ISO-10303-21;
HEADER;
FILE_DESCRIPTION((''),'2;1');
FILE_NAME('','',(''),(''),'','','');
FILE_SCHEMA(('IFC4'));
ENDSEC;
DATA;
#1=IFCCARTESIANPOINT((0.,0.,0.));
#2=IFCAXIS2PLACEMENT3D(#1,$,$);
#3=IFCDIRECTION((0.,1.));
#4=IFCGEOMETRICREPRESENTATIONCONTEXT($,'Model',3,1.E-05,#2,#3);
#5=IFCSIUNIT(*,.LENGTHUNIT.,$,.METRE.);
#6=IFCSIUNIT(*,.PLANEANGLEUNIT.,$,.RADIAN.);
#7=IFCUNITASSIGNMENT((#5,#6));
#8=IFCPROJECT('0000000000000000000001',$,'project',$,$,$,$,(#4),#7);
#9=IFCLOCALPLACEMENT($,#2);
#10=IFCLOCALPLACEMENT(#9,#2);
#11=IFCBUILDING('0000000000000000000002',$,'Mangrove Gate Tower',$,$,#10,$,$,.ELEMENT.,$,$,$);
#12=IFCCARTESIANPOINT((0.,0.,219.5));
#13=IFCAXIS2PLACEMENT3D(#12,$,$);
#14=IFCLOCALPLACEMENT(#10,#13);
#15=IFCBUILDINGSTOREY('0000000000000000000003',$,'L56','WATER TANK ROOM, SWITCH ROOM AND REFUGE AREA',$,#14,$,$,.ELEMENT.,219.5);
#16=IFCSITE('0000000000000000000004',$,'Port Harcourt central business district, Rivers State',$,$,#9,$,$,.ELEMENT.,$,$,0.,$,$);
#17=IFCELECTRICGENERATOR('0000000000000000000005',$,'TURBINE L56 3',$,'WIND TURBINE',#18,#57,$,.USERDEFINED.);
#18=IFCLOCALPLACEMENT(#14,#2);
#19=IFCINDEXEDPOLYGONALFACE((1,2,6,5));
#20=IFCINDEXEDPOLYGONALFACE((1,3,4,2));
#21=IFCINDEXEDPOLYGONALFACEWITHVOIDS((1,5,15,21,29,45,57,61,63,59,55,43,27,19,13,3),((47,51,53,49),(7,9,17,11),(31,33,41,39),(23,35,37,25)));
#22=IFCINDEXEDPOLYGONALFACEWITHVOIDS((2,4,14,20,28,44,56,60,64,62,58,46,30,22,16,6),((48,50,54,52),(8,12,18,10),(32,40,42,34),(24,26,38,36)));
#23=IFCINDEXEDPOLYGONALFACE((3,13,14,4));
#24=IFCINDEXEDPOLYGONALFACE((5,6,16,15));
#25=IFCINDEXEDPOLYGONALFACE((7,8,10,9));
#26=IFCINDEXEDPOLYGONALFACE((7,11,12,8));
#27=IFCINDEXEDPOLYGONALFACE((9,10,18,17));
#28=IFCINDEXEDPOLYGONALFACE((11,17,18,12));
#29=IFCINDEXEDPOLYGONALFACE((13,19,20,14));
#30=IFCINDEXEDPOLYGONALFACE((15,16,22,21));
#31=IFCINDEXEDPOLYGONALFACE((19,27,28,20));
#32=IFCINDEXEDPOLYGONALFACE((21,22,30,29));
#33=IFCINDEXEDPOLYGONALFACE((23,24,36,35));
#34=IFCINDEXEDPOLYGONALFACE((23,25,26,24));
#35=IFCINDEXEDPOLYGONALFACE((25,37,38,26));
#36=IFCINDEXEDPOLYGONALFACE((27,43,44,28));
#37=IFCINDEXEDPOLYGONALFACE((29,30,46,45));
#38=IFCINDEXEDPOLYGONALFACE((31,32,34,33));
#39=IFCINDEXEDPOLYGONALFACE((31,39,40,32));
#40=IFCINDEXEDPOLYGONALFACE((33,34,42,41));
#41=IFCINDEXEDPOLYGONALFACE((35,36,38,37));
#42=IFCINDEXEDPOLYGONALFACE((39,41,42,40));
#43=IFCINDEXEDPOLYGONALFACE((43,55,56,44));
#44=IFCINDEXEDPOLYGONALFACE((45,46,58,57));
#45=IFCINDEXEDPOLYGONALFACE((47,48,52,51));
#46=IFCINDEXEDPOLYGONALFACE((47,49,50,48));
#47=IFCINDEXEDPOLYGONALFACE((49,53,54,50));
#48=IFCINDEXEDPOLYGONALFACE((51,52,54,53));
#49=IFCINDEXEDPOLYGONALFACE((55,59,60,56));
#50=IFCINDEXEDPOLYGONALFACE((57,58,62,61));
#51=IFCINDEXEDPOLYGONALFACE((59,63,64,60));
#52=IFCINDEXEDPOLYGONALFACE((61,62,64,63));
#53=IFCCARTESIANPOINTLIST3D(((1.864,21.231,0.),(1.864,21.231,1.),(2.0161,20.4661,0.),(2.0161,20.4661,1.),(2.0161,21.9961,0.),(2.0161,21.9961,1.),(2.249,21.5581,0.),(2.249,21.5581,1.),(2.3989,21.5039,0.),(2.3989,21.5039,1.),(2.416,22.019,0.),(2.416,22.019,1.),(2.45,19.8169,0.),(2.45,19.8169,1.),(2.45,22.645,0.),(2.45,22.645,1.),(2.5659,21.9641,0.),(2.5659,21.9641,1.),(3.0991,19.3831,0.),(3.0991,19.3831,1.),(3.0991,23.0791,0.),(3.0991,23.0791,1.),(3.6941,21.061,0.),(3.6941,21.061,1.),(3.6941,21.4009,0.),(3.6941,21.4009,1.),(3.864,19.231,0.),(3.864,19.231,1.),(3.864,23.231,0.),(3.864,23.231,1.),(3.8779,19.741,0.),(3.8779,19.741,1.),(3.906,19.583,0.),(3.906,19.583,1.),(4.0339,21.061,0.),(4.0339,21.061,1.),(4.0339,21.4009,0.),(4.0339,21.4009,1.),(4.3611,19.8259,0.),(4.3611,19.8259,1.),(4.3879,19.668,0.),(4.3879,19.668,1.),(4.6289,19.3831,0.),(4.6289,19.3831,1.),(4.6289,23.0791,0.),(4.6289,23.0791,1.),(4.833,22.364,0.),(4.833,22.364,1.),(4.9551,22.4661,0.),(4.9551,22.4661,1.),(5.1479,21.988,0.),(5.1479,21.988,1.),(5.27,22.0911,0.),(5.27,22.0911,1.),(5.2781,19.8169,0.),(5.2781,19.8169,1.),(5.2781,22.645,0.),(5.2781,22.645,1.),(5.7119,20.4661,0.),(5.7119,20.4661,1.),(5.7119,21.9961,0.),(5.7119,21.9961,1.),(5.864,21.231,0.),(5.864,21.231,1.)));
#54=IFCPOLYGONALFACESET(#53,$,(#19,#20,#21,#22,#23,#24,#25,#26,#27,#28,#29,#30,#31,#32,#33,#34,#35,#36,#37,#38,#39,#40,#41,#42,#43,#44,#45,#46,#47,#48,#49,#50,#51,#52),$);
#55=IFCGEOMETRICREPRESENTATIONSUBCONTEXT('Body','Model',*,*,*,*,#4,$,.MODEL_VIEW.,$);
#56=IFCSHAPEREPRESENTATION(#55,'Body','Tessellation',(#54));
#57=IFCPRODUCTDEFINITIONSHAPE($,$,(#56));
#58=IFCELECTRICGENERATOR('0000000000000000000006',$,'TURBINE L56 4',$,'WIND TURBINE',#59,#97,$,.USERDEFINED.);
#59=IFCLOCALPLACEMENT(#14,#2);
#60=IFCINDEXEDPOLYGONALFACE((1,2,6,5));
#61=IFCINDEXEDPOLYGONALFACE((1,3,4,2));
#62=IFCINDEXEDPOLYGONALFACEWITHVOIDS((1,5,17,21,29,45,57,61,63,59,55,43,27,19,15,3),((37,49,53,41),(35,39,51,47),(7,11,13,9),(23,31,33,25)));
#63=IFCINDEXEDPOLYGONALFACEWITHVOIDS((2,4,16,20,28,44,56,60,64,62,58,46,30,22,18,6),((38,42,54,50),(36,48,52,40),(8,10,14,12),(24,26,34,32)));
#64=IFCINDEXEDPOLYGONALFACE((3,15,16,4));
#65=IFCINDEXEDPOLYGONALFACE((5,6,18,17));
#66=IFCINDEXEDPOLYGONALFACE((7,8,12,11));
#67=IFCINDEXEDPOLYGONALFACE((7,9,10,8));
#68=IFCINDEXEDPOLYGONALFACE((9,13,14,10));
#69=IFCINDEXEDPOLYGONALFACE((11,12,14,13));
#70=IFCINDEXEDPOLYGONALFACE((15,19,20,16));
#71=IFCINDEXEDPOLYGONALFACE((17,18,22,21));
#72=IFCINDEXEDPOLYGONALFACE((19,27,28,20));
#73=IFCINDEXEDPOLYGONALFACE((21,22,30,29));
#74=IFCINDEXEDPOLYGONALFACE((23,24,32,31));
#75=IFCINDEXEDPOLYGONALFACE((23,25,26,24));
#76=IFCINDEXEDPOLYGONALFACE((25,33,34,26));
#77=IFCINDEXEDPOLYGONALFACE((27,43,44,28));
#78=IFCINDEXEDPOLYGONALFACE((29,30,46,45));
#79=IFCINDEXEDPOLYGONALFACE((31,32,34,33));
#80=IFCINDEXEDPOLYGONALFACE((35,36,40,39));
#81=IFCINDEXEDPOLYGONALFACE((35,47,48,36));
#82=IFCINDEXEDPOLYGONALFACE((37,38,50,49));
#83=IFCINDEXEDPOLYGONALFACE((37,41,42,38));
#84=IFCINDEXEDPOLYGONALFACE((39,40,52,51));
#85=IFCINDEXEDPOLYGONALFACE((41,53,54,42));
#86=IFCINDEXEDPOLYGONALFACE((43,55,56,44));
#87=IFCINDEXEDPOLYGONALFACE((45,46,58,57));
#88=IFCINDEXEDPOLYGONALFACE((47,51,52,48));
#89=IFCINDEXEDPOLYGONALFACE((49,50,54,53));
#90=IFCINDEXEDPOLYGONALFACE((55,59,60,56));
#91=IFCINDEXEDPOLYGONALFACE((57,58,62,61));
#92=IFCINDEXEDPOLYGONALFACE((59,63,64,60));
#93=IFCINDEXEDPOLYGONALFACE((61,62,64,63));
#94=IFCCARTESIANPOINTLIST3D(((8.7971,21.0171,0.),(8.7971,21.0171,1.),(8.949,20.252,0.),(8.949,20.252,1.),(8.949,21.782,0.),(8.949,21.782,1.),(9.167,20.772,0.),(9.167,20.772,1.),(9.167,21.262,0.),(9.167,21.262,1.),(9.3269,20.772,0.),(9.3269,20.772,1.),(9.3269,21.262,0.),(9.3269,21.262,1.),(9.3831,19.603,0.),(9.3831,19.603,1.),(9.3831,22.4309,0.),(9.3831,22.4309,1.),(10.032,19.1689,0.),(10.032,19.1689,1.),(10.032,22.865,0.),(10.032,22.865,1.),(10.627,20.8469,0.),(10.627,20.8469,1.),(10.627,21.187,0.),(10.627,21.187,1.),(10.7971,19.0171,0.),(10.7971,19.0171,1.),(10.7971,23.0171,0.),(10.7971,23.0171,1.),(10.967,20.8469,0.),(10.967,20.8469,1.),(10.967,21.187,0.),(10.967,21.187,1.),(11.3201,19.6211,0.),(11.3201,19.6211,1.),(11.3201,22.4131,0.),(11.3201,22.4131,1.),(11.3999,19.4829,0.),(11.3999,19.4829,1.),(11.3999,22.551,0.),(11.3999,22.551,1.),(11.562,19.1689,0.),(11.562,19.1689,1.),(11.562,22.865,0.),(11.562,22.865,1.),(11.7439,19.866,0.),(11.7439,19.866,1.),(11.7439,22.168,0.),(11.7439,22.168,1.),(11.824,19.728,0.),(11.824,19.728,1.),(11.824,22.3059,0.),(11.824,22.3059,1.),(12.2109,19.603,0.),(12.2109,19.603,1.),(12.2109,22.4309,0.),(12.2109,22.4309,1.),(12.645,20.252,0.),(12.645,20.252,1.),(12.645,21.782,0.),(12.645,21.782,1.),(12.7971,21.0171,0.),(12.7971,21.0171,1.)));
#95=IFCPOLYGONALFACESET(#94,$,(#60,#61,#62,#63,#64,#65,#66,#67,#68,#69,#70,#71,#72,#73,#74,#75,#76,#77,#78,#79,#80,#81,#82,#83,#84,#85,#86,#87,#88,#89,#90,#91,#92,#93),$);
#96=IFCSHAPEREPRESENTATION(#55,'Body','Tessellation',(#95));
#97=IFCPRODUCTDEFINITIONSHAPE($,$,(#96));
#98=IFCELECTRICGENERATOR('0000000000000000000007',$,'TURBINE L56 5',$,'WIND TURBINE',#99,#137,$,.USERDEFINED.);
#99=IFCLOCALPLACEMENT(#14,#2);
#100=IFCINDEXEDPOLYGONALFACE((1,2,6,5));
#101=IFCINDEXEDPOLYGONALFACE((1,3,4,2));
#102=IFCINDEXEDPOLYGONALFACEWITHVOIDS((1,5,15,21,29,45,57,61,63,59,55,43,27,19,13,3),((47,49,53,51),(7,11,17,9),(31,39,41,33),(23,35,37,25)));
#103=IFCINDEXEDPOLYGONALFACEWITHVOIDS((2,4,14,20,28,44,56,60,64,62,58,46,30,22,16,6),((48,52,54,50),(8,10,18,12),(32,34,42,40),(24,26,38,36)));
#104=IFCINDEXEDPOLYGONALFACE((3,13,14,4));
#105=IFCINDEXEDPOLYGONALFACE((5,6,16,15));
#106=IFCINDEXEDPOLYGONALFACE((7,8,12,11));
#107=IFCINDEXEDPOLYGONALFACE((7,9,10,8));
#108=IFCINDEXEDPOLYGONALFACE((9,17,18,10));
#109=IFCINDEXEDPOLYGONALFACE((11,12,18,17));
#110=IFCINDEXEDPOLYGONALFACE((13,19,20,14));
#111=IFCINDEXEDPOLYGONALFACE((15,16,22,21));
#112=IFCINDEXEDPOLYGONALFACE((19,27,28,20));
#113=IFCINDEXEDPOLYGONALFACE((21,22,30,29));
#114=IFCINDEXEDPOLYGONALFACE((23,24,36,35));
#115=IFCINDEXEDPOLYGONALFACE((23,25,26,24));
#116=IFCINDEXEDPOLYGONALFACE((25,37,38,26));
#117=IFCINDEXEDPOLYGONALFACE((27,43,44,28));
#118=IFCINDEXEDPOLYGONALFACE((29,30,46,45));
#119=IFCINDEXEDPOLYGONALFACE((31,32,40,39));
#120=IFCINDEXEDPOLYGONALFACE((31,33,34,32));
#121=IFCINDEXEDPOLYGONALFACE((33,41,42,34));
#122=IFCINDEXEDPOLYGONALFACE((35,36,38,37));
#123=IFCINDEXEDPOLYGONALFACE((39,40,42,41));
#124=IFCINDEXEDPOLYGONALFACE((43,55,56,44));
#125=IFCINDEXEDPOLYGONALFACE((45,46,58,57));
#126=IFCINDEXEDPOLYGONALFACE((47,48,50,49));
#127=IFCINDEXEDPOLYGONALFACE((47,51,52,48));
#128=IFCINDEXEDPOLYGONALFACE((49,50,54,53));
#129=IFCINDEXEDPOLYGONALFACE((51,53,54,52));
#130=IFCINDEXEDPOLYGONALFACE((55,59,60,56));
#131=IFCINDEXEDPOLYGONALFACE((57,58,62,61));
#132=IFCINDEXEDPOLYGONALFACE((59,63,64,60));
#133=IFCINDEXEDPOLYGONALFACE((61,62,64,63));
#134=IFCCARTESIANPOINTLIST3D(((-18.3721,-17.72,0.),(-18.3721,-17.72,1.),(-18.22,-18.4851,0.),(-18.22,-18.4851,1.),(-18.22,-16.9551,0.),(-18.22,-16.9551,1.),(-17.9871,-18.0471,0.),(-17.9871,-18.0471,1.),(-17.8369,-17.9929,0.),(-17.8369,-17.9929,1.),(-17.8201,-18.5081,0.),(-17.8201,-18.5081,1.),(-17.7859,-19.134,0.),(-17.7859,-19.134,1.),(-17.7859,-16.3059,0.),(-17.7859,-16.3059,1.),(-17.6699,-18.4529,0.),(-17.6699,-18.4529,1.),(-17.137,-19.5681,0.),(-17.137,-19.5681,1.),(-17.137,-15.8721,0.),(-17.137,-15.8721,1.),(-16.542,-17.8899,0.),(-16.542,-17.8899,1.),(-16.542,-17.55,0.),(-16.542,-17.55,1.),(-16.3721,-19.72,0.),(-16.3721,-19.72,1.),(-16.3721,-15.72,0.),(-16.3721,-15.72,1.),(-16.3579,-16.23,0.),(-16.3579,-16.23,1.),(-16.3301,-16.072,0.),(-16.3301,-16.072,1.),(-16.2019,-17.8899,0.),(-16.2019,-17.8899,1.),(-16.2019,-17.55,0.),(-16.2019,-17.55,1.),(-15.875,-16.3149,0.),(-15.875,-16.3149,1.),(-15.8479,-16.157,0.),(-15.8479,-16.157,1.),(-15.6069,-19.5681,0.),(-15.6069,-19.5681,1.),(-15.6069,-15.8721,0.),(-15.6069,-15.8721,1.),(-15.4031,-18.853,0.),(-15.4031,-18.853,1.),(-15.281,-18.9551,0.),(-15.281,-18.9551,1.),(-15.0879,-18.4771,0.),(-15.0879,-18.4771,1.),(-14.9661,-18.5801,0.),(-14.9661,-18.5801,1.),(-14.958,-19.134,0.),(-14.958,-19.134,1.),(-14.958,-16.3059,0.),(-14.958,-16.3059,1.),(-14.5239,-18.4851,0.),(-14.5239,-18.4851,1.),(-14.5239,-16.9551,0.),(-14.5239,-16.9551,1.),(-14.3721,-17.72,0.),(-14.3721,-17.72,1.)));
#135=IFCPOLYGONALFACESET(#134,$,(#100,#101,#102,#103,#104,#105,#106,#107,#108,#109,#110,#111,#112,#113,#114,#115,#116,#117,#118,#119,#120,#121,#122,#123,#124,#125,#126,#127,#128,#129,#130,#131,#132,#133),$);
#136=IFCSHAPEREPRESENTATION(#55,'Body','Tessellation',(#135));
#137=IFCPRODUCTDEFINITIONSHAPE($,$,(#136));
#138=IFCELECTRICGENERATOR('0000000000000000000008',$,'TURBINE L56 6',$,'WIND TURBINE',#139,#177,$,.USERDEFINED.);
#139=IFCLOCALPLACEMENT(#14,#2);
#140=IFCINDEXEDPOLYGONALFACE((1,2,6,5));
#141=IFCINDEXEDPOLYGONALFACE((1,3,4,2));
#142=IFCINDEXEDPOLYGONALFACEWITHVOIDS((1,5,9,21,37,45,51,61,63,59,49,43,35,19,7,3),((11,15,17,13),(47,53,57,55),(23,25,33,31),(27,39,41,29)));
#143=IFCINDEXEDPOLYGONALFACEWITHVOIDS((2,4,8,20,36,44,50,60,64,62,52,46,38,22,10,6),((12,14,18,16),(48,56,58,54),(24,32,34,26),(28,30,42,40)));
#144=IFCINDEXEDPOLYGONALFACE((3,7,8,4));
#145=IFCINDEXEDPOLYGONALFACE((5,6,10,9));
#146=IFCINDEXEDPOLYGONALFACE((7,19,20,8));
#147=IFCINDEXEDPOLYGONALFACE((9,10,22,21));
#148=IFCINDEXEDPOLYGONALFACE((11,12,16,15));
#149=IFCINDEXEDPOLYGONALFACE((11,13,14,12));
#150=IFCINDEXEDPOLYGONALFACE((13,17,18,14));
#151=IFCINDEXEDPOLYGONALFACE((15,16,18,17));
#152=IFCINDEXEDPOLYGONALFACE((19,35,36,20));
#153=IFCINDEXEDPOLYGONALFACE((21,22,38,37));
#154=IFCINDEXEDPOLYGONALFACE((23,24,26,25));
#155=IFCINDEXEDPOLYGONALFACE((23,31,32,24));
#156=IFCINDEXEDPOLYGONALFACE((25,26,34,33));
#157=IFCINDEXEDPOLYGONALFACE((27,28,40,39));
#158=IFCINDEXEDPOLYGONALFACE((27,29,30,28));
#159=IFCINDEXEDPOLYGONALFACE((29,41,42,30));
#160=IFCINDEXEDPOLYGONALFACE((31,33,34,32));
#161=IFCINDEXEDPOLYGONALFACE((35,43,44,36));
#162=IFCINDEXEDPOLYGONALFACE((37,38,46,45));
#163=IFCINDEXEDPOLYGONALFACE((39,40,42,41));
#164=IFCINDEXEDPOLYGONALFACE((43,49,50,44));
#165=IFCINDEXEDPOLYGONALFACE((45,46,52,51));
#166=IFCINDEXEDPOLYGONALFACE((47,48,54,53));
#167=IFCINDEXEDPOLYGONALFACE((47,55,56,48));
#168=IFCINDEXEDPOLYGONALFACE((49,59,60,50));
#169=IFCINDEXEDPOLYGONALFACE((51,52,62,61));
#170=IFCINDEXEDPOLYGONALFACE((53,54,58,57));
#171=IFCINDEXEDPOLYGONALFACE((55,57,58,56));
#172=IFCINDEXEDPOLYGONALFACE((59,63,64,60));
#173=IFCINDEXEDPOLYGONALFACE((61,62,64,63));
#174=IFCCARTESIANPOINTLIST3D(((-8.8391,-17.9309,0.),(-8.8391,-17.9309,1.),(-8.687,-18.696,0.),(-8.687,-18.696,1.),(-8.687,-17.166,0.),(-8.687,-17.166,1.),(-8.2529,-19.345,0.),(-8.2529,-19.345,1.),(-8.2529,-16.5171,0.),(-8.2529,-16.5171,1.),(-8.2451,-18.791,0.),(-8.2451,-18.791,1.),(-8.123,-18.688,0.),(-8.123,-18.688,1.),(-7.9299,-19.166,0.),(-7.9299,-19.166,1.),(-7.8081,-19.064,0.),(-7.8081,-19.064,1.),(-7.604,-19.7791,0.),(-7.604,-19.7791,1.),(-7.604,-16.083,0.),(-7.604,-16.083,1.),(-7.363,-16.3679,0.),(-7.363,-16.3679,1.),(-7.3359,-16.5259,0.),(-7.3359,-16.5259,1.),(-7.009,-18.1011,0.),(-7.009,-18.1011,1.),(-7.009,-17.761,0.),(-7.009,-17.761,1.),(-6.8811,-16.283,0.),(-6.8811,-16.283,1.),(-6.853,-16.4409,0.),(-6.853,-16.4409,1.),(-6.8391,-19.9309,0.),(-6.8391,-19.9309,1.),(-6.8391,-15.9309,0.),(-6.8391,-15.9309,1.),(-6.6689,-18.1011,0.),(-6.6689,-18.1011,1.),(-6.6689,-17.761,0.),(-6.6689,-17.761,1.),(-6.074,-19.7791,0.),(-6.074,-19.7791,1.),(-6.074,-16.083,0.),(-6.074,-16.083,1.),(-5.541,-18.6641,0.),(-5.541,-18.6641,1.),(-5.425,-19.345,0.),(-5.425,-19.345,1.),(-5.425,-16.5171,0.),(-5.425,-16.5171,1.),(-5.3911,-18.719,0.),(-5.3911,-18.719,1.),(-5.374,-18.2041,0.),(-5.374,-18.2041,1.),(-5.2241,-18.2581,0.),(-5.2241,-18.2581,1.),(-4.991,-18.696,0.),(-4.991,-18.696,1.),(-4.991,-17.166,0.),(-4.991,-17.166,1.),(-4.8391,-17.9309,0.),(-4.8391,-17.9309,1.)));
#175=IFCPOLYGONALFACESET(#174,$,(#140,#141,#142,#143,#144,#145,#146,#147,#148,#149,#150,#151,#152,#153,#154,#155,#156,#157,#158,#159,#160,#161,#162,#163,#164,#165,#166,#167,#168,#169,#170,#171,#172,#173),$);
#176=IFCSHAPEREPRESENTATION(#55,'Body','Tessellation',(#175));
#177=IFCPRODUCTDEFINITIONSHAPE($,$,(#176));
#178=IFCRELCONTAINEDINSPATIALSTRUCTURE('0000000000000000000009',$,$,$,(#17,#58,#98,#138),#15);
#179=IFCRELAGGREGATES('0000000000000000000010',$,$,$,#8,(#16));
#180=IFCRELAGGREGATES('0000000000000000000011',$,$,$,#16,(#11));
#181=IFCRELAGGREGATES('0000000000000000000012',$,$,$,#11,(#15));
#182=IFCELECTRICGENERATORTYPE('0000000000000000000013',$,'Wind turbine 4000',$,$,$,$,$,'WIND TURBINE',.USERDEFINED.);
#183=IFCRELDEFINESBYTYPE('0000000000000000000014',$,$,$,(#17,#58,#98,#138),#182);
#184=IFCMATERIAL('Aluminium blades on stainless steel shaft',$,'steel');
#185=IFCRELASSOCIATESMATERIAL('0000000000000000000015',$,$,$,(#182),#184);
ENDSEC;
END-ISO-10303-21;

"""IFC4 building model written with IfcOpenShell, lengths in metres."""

from ifc_helpers import new_model, si_unit, direction, frame, origin, place, context, subcontext, project, spatial, polyline, outline, extrude, material, type_object, element, save


model = new_model("IFC4")

# Units and contexts
model_context = context("Model", 3, precision=1e-05, world=origin(), true_north=direction((0.0, 1.0)))
body_context = subcontext(model_context, "Body", "Model", "MODEL_VIEW")
ifc_project = project(units=[si_unit("LENGTHUNIT", "METRE"), si_unit("PLANEANGLEUNIT", "RADIAN")], contexts=[model_context])

# Site, building, storey
site_placement = place(None, origin())
site = spatial("IfcSite", under=ifc_project, at=site_placement, Name="Port Harcourt central business district, Rivers State", CompositionType="ELEMENT", RefElevation=0.0)
building_placement = place(site_placement, origin())
building = spatial("IfcBuilding", under=site, at=building_placement, Name="Mangrove Gate Tower", CompositionType="ELEMENT")
storey_placement = place(building_placement, frame((0.0, 0.0, 219.5)))
storey = spatial("IfcBuildingStorey", under=building, at=storey_placement, Name="L56", Description="WATER TANK ROOM, SWITCH ROOM AND REFUGE AREA", CompositionType="ELEMENT", Elevation=219.5)

# Electric generators
ifc_material_1 = material(Name="Aluminium blades on stainless steel shaft", Category="steel")
electric_generator_type = type_object("IfcElectricGeneratorType", Name="Wind turbine 4000", ElementType="WIND TURBINE", PredefinedType="USERDEFINED", material=ifc_material_1)
electric_generator_1_placement = place(storey_placement, origin())
element("IfcElectricGenerator", 1, at=electric_generator_1_placement, inside=storey, type_object=electric_generator_type, Name="TURBINE L56 3", ObjectType="WIND TURBINE", PredefinedType="USERDEFINED", context=body_context, shape_type="SweptSolid", body=[
    extrude(outline(polyline([(5.864, 21.231), (5.7119, 21.9961), (5.2781, 22.645), (4.6289, 23.0791), (3.864, 23.231), (3.0991, 23.0791), (2.45, 22.645), (2.0161, 21.9961), (1.864, 21.231), (2.0161, 20.4661), (2.45, 19.8169), (3.0991, 19.3831), (3.864, 19.231), (4.6289, 19.3831), (5.2781, 19.8169), (5.7119, 20.4661), (5.864, 21.231)]), holes=[polyline([(3.6941, 21.061), (4.0339, 21.061), (4.0339, 21.4009), (3.6941, 21.4009), (3.6941, 21.061)]), polyline([(5.1479, 21.988), (4.833, 22.364), (4.9551, 22.4661), (5.27, 22.0911), (5.1479, 21.988)]), polyline([(2.5659, 21.9641), (2.3989, 21.5039), (2.249, 21.5581), (2.416, 22.019), (2.5659, 21.9641)]), polyline([(3.8779, 19.741), (4.3611, 19.8259), (4.3879, 19.668), (3.906, 19.583), (3.8779, 19.741)])]), origin(), (0.0, 0.0, 1.0), 1.0),
])
electric_generator_2_placement = place(storey_placement, origin())
element("IfcElectricGenerator", 2, at=electric_generator_2_placement, inside=storey, type_object=electric_generator_type, Name="TURBINE L56 4", ObjectType="WIND TURBINE", PredefinedType="USERDEFINED", context=body_context, shape_type="SweptSolid", body=[
    extrude(outline(polyline([(12.7971, 21.0171), (12.645, 21.782), (12.2109, 22.4309), (11.562, 22.865), (10.7971, 23.0171), (10.032, 22.865), (9.3831, 22.4309), (8.949, 21.782), (8.7971, 21.0171), (8.949, 20.252), (9.3831, 19.603), (10.032, 19.1689), (10.7971, 19.0171), (11.562, 19.1689), (12.2109, 19.603), (12.645, 20.252), (12.7971, 21.0171)]), holes=[polyline([(10.627, 20.8469), (10.967, 20.8469), (10.967, 21.187), (10.627, 21.187), (10.627, 20.8469)]), polyline([(11.7439, 22.168), (11.3201, 22.4131), (11.3999, 22.551), (11.824, 22.3059), (11.7439, 22.168)]), polyline([(9.3269, 21.262), (9.3269, 20.772), (9.167, 20.772), (9.167, 21.262), (9.3269, 21.262)]), polyline([(11.3201, 19.6211), (11.7439, 19.866), (11.824, 19.728), (11.3999, 19.4829), (11.3201, 19.6211)])]), origin(), (0.0, 0.0, 1.0), 1.0),
])
electric_generator_3_placement = place(storey_placement, origin())
element("IfcElectricGenerator", 3, at=electric_generator_3_placement, inside=storey, type_object=electric_generator_type, Name="TURBINE L56 5", ObjectType="WIND TURBINE", PredefinedType="USERDEFINED", context=body_context, shape_type="SweptSolid", body=[
    extrude(outline(polyline([(-14.3721, -17.72), (-14.5239, -16.9551), (-14.958, -16.3059), (-15.6069, -15.8721), (-16.3721, -15.72), (-17.137, -15.8721), (-17.7859, -16.3059), (-18.22, -16.9551), (-18.3721, -17.72), (-18.22, -18.4851), (-17.7859, -19.134), (-17.137, -19.5681), (-16.3721, -19.72), (-15.6069, -19.5681), (-14.958, -19.134), (-14.5239, -18.4851), (-14.3721, -17.72)]), holes=[polyline([(-16.542, -17.8899), (-16.2019, -17.8899), (-16.2019, -17.55), (-16.542, -17.55), (-16.542, -17.8899)]), polyline([(-15.875, -16.3149), (-16.3579, -16.23), (-16.3301, -16.072), (-15.8479, -16.157), (-15.875, -16.3149)]), polyline([(-17.8369, -17.9929), (-17.6699, -18.4529), (-17.8201, -18.5081), (-17.9871, -18.0471), (-17.8369, -17.9929)]), polyline([(-15.4031, -18.853), (-15.0879, -18.4771), (-14.9661, -18.5801), (-15.281, -18.9551), (-15.4031, -18.853)])]), origin(), (0.0, 0.0, 1.0), 1.0),
])
electric_generator_4_placement = place(storey_placement, origin())
element("IfcElectricGenerator", 4, at=electric_generator_4_placement, inside=storey, type_object=electric_generator_type, Name="TURBINE L56 6", ObjectType="WIND TURBINE", PredefinedType="USERDEFINED", context=body_context, shape_type="SweptSolid", body=[
    extrude(outline(polyline([(-4.8391, -17.9309), (-4.991, -17.166), (-5.425, -16.5171), (-6.074, -16.083), (-6.8391, -15.9309), (-7.604, -16.083), (-8.2529, -16.5171), (-8.687, -17.166), (-8.8391, -17.9309), (-8.687, -18.696), (-8.2529, -19.345), (-7.604, -19.7791), (-6.8391, -19.9309), (-6.074, -19.7791), (-5.425, -19.345), (-4.991, -18.696), (-4.8391, -17.9309)]), holes=[polyline([(-7.009, -18.1011), (-6.6689, -18.1011), (-6.6689, -17.761), (-7.009, -17.761), (-7.009, -18.1011)]), polyline([(-6.853, -16.4409), (-7.3359, -16.5259), (-7.363, -16.3679), (-6.8811, -16.283), (-6.853, -16.4409)]), polyline([(-8.123, -18.688), (-7.8081, -19.064), (-7.9299, -19.166), (-8.2451, -18.791), (-8.123, -18.688)]), polyline([(-5.541, -18.6641), (-5.374, -18.2041), (-5.2241, -18.2581), (-5.3911, -18.719), (-5.541, -18.6641)])]), origin(), (0.0, 0.0, 1.0), 1.0),
])

save(model, "model.ifc")
